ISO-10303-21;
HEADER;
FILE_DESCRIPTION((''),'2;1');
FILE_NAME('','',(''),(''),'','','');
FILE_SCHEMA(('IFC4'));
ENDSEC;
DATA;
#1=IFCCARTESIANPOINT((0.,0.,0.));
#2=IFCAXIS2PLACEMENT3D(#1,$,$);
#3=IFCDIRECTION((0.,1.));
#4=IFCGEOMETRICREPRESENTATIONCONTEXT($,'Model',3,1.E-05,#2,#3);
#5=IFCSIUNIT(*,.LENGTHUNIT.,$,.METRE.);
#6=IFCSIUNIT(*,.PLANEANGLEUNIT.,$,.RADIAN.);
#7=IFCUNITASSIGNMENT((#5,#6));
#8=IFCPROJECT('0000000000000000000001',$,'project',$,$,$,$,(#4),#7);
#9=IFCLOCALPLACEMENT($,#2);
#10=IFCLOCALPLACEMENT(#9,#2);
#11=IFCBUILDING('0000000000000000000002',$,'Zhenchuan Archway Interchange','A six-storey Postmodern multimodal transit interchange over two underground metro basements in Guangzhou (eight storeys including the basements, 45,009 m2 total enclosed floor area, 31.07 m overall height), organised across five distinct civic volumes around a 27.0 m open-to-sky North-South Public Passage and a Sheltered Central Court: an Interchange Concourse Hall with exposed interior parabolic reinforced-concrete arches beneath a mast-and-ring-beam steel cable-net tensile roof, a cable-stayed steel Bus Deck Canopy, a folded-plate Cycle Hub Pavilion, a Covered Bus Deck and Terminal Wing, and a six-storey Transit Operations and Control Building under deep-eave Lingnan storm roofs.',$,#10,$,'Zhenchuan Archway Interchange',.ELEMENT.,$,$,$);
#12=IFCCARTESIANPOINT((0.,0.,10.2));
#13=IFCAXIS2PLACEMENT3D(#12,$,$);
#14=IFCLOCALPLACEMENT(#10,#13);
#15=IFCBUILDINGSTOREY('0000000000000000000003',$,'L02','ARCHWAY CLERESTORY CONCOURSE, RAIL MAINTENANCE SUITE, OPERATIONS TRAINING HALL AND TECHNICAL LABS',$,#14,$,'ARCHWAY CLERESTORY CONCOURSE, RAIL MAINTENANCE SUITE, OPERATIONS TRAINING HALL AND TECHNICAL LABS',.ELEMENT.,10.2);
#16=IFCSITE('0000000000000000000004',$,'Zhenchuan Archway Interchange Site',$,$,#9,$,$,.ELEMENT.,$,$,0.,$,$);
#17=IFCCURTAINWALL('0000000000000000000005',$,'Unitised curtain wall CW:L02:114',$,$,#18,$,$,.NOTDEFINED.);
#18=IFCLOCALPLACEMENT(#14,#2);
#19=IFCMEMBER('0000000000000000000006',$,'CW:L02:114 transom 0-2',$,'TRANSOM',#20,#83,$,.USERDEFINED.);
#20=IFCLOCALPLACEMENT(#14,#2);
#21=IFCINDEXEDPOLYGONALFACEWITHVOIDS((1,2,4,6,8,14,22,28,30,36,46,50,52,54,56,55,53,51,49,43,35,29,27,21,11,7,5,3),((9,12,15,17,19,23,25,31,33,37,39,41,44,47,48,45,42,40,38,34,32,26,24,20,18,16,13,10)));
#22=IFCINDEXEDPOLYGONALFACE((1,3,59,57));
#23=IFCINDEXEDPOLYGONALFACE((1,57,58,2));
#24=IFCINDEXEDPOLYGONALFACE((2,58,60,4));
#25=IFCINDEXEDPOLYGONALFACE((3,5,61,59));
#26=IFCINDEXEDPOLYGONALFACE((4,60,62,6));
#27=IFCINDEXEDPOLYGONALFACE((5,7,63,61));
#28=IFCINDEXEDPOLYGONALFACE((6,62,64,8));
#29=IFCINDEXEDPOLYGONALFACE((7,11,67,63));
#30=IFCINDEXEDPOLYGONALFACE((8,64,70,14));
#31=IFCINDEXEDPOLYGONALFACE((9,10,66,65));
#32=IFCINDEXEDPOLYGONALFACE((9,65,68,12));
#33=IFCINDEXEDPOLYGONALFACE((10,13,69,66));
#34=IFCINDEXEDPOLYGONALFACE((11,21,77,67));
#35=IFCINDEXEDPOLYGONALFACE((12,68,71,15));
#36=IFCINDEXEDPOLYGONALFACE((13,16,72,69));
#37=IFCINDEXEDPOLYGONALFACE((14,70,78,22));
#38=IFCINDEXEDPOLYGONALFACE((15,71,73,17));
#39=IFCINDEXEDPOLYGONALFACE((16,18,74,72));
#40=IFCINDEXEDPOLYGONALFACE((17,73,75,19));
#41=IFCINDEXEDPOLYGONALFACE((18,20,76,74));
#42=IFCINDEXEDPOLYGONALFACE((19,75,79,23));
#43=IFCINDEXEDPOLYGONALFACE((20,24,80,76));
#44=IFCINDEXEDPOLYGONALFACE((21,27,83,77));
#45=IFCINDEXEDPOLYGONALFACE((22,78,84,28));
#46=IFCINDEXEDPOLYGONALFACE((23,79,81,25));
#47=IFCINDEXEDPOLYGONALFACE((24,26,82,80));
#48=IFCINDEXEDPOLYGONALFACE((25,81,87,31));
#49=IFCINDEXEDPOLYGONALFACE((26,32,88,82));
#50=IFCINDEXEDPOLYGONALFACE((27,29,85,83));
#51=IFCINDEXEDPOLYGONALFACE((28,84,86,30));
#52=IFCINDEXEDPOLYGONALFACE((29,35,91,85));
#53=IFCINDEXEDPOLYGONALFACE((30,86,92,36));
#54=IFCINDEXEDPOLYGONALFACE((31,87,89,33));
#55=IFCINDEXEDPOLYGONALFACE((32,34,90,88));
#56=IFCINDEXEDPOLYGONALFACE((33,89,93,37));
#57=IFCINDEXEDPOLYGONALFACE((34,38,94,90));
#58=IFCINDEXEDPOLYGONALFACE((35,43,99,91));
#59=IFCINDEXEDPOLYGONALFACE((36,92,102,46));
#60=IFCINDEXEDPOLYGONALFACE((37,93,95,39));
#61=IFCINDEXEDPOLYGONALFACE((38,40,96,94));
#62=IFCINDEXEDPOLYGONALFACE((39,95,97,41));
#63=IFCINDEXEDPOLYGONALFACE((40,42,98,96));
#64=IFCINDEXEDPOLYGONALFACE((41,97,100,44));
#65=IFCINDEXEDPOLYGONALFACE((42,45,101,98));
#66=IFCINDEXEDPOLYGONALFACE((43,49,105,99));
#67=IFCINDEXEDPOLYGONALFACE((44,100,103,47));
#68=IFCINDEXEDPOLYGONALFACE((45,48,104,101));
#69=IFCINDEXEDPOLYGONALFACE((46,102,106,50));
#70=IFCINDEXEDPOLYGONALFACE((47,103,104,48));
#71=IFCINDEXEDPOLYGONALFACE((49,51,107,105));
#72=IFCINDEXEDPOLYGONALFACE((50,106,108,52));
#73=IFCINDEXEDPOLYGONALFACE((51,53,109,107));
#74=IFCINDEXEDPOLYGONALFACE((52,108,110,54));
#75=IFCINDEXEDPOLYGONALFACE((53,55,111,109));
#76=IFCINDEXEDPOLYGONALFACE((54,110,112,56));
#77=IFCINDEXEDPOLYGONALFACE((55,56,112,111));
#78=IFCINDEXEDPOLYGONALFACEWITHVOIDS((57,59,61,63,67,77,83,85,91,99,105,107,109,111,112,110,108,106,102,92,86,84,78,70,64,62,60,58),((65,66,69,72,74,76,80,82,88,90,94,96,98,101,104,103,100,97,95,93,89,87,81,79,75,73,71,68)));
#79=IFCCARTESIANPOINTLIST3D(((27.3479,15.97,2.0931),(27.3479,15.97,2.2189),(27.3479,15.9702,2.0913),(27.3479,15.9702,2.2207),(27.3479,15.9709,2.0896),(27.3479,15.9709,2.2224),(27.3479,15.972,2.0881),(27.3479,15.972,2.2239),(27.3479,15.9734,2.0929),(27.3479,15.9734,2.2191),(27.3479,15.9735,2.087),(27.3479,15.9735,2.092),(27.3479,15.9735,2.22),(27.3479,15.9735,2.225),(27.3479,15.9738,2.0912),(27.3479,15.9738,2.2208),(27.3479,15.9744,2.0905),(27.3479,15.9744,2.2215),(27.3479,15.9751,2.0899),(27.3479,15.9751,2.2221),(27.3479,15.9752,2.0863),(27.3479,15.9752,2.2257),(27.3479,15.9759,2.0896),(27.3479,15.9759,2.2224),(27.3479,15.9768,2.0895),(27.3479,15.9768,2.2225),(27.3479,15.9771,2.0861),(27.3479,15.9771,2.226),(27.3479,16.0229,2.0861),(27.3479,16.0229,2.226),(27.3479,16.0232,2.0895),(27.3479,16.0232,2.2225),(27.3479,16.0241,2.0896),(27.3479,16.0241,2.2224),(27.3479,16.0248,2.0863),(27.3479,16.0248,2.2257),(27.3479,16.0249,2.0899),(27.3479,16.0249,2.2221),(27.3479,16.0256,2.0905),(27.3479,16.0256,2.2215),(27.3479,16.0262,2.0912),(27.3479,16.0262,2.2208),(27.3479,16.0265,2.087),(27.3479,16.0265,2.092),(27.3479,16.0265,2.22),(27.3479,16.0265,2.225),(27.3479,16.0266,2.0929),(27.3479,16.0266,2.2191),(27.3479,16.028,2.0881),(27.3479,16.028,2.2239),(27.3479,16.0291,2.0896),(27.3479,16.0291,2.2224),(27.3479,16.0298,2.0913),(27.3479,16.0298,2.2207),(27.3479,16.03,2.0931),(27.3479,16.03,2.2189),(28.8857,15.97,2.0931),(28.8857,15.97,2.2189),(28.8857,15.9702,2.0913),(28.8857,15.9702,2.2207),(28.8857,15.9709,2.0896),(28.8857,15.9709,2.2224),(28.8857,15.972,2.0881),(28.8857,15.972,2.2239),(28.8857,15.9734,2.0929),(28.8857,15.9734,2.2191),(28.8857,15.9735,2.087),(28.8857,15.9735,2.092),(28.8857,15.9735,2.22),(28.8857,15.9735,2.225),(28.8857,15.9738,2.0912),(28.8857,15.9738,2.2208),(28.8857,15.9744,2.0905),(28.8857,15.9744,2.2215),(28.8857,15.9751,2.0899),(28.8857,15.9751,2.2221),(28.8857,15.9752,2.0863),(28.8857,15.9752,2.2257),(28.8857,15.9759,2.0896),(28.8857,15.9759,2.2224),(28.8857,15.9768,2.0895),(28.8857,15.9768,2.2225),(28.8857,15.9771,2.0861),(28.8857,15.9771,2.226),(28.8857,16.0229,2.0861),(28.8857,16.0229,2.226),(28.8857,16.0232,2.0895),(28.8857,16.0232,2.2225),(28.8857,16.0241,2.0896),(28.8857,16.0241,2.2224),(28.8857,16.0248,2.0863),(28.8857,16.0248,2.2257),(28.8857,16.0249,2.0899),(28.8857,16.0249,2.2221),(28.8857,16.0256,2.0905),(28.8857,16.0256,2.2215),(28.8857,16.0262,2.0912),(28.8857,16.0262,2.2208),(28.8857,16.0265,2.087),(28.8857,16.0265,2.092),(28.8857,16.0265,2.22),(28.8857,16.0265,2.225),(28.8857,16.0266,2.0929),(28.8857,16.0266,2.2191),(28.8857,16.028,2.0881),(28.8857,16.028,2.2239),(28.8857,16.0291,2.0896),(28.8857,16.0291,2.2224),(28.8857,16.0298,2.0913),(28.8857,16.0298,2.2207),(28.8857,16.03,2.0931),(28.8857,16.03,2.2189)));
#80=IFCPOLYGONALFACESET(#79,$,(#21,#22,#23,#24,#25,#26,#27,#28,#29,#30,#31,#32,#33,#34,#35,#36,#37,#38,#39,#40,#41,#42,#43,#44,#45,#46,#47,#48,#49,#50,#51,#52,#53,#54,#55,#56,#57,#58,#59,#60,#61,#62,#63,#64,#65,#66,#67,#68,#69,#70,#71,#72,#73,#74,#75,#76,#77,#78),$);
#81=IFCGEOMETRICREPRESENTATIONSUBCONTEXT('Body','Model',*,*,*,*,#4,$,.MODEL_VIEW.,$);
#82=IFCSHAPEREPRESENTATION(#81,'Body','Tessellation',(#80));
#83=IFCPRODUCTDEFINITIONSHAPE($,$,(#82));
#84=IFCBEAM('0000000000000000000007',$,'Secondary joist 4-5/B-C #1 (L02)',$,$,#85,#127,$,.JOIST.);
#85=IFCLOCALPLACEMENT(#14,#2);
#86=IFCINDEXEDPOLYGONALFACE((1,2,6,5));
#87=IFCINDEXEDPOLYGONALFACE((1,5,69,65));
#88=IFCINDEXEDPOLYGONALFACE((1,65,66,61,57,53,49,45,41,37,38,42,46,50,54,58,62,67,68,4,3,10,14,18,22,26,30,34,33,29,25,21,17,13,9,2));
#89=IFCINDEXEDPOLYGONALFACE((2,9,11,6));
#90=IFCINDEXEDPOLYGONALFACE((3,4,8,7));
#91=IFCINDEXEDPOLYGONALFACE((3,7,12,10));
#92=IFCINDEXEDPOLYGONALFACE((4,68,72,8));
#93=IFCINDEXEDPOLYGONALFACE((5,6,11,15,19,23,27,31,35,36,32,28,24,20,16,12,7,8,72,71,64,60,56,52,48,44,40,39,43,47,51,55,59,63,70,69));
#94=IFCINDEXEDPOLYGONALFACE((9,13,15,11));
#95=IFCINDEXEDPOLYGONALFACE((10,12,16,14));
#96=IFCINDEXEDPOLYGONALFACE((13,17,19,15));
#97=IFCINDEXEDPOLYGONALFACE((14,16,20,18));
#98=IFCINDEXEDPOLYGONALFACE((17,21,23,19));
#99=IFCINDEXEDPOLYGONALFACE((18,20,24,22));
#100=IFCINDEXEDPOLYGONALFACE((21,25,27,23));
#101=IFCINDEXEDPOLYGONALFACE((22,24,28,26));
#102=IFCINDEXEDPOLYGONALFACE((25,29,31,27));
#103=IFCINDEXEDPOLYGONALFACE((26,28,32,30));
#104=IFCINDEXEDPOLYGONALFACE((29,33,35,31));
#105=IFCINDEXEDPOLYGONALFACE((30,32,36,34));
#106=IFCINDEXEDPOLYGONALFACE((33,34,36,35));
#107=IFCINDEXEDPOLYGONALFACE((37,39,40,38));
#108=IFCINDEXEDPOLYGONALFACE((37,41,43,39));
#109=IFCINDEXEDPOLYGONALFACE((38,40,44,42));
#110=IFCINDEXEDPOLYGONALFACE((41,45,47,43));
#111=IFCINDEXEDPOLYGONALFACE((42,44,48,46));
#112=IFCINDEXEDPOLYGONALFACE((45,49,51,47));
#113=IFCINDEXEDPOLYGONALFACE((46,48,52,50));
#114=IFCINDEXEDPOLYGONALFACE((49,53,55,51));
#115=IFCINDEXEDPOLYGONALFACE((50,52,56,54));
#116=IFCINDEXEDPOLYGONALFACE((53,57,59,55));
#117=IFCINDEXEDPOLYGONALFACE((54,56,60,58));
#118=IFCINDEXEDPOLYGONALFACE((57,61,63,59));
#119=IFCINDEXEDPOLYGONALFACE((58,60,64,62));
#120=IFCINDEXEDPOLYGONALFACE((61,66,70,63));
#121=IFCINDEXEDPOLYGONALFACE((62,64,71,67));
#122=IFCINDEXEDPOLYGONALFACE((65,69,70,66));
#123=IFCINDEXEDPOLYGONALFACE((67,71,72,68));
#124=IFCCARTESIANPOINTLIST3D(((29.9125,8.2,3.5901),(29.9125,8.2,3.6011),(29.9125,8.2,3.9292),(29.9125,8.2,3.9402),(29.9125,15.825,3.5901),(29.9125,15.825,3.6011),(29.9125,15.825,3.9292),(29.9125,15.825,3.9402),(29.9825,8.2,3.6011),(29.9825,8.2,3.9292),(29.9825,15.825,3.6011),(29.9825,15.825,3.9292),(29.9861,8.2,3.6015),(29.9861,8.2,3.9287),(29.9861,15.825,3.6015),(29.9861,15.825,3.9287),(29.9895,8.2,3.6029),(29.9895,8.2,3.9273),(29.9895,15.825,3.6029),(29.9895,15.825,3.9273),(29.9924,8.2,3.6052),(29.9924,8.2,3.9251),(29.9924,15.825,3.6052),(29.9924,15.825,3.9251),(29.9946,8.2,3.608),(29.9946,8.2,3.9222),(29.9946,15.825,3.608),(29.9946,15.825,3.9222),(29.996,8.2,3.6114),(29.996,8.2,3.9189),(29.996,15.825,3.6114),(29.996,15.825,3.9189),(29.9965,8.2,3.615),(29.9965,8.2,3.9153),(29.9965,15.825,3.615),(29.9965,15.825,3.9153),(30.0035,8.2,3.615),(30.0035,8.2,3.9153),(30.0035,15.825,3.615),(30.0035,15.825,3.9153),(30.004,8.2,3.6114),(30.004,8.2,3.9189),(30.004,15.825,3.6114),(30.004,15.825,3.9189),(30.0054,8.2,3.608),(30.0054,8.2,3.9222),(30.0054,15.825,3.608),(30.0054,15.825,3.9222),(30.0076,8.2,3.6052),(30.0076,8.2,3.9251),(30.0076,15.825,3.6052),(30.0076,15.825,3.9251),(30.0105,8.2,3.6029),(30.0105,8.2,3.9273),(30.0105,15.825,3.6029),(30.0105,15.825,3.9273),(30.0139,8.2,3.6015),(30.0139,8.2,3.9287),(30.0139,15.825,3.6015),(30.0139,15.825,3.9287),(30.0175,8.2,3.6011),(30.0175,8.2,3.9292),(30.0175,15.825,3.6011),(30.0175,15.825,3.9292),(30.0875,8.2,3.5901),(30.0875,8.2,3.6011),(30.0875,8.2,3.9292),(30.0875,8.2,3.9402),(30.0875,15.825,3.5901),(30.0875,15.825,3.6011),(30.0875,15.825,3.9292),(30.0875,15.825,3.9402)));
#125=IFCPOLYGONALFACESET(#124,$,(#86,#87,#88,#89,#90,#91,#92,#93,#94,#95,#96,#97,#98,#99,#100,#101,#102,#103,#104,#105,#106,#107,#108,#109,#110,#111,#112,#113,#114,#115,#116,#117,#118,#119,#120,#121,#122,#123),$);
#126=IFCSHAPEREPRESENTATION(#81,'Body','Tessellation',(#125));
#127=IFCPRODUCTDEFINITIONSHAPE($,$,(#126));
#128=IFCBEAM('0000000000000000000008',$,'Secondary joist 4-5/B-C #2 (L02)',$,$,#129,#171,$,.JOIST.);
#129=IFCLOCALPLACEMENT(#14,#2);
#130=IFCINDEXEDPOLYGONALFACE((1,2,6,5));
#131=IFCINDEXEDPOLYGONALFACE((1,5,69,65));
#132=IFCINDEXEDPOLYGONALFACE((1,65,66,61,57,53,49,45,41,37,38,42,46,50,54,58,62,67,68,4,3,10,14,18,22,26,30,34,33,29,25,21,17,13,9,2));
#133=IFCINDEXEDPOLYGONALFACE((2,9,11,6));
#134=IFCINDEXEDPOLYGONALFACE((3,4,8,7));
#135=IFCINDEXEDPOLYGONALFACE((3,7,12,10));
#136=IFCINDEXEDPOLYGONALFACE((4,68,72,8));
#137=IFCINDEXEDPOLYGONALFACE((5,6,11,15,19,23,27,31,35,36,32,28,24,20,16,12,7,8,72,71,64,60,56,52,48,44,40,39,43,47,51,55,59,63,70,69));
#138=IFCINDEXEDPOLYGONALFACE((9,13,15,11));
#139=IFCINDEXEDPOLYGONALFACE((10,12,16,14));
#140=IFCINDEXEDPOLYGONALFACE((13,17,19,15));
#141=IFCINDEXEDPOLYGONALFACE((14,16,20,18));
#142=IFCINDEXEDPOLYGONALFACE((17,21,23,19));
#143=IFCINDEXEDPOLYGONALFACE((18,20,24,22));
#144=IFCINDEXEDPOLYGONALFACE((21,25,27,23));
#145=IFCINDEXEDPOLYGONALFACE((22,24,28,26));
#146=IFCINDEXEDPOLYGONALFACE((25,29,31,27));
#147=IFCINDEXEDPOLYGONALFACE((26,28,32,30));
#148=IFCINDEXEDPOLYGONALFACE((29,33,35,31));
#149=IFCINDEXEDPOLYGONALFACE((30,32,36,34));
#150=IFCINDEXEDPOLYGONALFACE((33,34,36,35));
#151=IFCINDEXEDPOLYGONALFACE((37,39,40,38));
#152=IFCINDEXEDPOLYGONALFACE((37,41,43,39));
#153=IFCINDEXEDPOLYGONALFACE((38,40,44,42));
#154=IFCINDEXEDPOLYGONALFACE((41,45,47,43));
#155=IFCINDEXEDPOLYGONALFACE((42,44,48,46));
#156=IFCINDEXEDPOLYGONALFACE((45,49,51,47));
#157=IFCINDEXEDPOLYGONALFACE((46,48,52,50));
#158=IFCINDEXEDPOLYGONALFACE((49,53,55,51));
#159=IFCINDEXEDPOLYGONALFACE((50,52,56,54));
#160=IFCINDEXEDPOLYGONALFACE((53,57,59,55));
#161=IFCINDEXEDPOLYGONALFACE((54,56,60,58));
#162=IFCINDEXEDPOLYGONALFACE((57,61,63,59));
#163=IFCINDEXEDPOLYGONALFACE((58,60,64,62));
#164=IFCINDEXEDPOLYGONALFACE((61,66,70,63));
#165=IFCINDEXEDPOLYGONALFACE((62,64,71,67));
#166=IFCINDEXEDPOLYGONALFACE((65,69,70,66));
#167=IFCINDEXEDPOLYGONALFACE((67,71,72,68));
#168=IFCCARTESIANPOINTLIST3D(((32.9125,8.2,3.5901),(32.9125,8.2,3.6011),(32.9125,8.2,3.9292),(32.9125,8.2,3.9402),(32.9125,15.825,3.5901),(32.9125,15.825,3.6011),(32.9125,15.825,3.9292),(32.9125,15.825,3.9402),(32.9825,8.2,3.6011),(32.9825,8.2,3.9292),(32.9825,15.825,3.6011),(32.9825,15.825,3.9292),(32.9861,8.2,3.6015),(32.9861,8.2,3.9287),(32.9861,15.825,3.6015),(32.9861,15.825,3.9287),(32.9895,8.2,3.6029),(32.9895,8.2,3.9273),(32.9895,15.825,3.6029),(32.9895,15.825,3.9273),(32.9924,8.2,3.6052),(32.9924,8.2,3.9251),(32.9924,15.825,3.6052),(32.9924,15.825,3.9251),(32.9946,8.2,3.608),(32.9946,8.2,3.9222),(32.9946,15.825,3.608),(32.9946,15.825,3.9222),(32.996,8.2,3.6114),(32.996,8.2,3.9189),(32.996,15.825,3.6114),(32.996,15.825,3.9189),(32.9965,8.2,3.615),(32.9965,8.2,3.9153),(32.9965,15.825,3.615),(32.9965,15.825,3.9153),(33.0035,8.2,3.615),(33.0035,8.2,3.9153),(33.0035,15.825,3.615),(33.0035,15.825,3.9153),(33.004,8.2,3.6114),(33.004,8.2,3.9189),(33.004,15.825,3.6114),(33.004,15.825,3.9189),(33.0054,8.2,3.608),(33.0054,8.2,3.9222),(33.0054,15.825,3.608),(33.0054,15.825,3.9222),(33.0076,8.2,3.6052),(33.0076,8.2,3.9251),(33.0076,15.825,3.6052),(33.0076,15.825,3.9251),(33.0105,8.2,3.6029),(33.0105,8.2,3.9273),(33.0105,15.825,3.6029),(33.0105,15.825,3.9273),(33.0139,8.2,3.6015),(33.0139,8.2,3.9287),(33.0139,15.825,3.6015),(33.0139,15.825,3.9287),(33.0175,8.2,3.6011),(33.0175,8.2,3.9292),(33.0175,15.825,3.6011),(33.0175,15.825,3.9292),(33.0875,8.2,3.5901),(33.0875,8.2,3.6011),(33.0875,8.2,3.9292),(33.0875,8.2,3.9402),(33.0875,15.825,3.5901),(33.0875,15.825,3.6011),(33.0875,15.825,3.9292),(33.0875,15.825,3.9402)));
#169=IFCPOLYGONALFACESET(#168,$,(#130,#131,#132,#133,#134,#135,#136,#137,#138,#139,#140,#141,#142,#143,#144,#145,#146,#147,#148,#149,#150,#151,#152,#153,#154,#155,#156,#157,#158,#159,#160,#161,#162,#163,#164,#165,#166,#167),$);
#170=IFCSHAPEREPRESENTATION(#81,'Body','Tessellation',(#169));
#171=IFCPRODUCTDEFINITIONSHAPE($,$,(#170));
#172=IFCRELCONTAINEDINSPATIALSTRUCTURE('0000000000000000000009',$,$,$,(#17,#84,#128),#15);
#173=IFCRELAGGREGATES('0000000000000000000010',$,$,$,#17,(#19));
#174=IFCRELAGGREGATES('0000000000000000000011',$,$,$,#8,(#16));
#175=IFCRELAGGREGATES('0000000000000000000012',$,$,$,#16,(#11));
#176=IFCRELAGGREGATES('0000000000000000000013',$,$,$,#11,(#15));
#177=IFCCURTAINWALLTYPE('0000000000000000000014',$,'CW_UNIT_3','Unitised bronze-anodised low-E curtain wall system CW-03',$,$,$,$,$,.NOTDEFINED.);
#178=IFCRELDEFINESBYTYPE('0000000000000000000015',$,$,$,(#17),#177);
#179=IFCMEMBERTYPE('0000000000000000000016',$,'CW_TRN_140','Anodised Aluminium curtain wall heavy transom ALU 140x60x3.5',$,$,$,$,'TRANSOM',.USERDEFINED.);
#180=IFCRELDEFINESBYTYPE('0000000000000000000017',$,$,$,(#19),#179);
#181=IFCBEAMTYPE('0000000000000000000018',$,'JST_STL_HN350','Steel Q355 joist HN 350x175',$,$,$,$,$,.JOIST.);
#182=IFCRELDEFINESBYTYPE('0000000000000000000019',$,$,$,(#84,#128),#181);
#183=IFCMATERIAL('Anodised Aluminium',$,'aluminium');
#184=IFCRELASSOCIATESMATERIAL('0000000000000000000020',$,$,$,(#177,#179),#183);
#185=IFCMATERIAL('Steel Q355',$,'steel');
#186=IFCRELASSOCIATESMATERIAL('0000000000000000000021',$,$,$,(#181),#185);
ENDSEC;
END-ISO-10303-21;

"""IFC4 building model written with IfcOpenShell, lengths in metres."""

from ifc_helpers import new_model, si_unit, direction, frame, origin, origin_2d, place, context, subcontext, project, spatial, hollow_rectangle, i_section, extrude, material, material_profile, profile_set, type_object, element, aggregate, save


model = new_model("IFC4")

# Units and contexts
model_context = context("Model", 3, precision=1e-05, world=origin(), true_north=direction((0.0, 1.0)))
body_context = subcontext(model_context, "Body", "Model", "MODEL_VIEW")
ifc_project = project(units=[si_unit("LENGTHUNIT", "METRE"), si_unit("PLANEANGLEUNIT", "RADIAN")], contexts=[model_context])

# Site, building, storey
site_placement = place(None, origin())
site = spatial("IfcSite", under=ifc_project, at=site_placement, Name="Zhenchuan Archway Interchange Site", CompositionType="ELEMENT", RefElevation=0.0)
building_placement = place(site_placement, origin())
building = spatial("IfcBuilding", under=site, at=building_placement, Name="Zhenchuan Archway Interchange", Description="A six-storey Postmodern multimodal transit interchange over two underground metro basements in Guangzhou (eight storeys including the basements, 45,009 m2 total enclosed floor area, 31.07 m overall height), organised across five distinct civic volumes around a 27.0 m open-to-sky North-South Public Passage and a Sheltered Central Court: an Interchange Concourse Hall with exposed interior parabolic reinforced-concrete arches beneath a mast-and-ring-beam steel cable-net tensile roof, a cable-stayed steel Bus Deck Canopy, a folded-plate Cycle Hub Pavilion, a Covered Bus Deck and Terminal Wing, and a six-storey Transit Operations and Control Building under deep-eave Lingnan storm roofs.", LongName="Zhenchuan Archway Interchange", CompositionType="ELEMENT")
storey_placement = place(building_placement, frame((0.0, 0.0, 10.2)))
storey = spatial("IfcBuildingStorey", under=building, at=storey_placement, Name="L02", Description="ARCHWAY CLERESTORY CONCOURSE, RAIL MAINTENANCE SUITE, OPERATIONS TRAINING HALL AND TECHNICAL LABS", LongName="ARCHWAY CLERESTORY CONCOURSE, RAIL MAINTENANCE SUITE, OPERATIONS TRAINING HALL AND TECHNICAL LABS", CompositionType="ELEMENT", Elevation=10.2)

# Curtain wall
ifc_material_1 = material(Name="Anodised Aluminium", Category="aluminium")
curtain_wall_type_1 = type_object("IfcCurtainWallType", Name="CW_UNIT_3", Description="Unitised bronze-anodised low-E curtain wall system CW-03", PredefinedType="NOTDEFINED", material=ifc_material_1)
curtain_wall_1_placement = place(storey_placement, origin())
curtain_wall_1 = element("IfcCurtainWall", 1, at=curtain_wall_1_placement, inside=storey, type_object=curtain_wall_type_1, Name="Unitised curtain wall CW:L02:114", PredefinedType="NOTDEFINED")

# Member
ifc_material_profile_1 = material_profile(ifc_material_1, hollow_rectangle(XDim=0.0601, YDim=0.1399, WallThickness=0.0034, InnerFilletRadius=0.0034, OuterFilletRadius=0.0071, at=origin_2d()), Name="ALU 140x60x3.5")
ifc_profile_set_1 = profile_set([ifc_material_profile_1], Name="Anodised Aluminium")
member_type_1 = type_object("IfcMemberType", Name="CW_TRN_140", Description="Anodised Aluminium curtain wall heavy transom ALU 140x60x3.5", ElementType="TRANSOM", PredefinedType="USERDEFINED", material=ifc_profile_set_1)
member_1_placement = place(storey_placement, frame((27.3479, 16.0, 2.156), z_axis=(1.0, 0.0, 0.0), x_axis=(0.0, 1.0, 0.0)))
member_1 = element("IfcMember", 2, at=member_1_placement, type_object=member_type_1, Name="CW:L02:114 transom 0-2", ObjectType="TRANSOM", PredefinedType="USERDEFINED", context=body_context, shape_type="SweptSolid", body=[
    extrude(hollow_rectangle(XDim=0.0601, YDim=0.1399, WallThickness=0.0034, InnerFilletRadius=0.0034, OuterFilletRadius=0.0071, at=origin_2d()), origin(), (0.0, 0.0, 1.0), 1.5378),
])
aggregate(curtain_wall_1, [member_1])

# Beams
ifc_material_2 = material(Name="Steel Q355", Category="steel")
ifc_material_profile_2 = material_profile(ifc_material_2, i_section(OverallWidth=0.175, OverallDepth=0.3501, WebThickness=0.0071, FlangeThickness=0.011, FilletRadius=0.0139, at=origin_2d()), Name="HN 350x175")
ifc_profile_set_2 = profile_set([ifc_material_profile_2], Name="Steel Q355")
beam_type_1 = type_object("IfcBeamType", Name="JST_STL_HN350", Description="Steel Q355 joist HN 350x175", PredefinedType="JOIST", material=ifc_profile_set_2)
for number, where, z_axis, x_axis, name in (
    (3, (30.0, 8.2, 3.7651), (0.0, 1.0, 0.0), (-1.0, 0.0, 0.0), "Secondary joist 4-5/B-C #1 (L02)"),
    (4, (33.0, 8.2, 3.7651), (0.0, 1.0, 0.0), (-1.0, 0.0, 0.0), "Secondary joist 4-5/B-C #2 (L02)"),
):
    element("IfcBeam", number, at=place(storey_placement, frame(where, z_axis=z_axis, x_axis=x_axis)), inside=storey, type_object=beam_type_1, Name=name, PredefinedType="JOIST", context=body_context, shape_type="SweptSolid", body=[
        extrude(i_section(OverallWidth=0.175, OverallDepth=0.3501, WebThickness=0.0071, FlangeThickness=0.011, FilletRadius=0.0139, at=origin_2d()), origin(), (0.0, 0.0, 1.0), 7.625),
    ])

save(model, "model.ifc")
